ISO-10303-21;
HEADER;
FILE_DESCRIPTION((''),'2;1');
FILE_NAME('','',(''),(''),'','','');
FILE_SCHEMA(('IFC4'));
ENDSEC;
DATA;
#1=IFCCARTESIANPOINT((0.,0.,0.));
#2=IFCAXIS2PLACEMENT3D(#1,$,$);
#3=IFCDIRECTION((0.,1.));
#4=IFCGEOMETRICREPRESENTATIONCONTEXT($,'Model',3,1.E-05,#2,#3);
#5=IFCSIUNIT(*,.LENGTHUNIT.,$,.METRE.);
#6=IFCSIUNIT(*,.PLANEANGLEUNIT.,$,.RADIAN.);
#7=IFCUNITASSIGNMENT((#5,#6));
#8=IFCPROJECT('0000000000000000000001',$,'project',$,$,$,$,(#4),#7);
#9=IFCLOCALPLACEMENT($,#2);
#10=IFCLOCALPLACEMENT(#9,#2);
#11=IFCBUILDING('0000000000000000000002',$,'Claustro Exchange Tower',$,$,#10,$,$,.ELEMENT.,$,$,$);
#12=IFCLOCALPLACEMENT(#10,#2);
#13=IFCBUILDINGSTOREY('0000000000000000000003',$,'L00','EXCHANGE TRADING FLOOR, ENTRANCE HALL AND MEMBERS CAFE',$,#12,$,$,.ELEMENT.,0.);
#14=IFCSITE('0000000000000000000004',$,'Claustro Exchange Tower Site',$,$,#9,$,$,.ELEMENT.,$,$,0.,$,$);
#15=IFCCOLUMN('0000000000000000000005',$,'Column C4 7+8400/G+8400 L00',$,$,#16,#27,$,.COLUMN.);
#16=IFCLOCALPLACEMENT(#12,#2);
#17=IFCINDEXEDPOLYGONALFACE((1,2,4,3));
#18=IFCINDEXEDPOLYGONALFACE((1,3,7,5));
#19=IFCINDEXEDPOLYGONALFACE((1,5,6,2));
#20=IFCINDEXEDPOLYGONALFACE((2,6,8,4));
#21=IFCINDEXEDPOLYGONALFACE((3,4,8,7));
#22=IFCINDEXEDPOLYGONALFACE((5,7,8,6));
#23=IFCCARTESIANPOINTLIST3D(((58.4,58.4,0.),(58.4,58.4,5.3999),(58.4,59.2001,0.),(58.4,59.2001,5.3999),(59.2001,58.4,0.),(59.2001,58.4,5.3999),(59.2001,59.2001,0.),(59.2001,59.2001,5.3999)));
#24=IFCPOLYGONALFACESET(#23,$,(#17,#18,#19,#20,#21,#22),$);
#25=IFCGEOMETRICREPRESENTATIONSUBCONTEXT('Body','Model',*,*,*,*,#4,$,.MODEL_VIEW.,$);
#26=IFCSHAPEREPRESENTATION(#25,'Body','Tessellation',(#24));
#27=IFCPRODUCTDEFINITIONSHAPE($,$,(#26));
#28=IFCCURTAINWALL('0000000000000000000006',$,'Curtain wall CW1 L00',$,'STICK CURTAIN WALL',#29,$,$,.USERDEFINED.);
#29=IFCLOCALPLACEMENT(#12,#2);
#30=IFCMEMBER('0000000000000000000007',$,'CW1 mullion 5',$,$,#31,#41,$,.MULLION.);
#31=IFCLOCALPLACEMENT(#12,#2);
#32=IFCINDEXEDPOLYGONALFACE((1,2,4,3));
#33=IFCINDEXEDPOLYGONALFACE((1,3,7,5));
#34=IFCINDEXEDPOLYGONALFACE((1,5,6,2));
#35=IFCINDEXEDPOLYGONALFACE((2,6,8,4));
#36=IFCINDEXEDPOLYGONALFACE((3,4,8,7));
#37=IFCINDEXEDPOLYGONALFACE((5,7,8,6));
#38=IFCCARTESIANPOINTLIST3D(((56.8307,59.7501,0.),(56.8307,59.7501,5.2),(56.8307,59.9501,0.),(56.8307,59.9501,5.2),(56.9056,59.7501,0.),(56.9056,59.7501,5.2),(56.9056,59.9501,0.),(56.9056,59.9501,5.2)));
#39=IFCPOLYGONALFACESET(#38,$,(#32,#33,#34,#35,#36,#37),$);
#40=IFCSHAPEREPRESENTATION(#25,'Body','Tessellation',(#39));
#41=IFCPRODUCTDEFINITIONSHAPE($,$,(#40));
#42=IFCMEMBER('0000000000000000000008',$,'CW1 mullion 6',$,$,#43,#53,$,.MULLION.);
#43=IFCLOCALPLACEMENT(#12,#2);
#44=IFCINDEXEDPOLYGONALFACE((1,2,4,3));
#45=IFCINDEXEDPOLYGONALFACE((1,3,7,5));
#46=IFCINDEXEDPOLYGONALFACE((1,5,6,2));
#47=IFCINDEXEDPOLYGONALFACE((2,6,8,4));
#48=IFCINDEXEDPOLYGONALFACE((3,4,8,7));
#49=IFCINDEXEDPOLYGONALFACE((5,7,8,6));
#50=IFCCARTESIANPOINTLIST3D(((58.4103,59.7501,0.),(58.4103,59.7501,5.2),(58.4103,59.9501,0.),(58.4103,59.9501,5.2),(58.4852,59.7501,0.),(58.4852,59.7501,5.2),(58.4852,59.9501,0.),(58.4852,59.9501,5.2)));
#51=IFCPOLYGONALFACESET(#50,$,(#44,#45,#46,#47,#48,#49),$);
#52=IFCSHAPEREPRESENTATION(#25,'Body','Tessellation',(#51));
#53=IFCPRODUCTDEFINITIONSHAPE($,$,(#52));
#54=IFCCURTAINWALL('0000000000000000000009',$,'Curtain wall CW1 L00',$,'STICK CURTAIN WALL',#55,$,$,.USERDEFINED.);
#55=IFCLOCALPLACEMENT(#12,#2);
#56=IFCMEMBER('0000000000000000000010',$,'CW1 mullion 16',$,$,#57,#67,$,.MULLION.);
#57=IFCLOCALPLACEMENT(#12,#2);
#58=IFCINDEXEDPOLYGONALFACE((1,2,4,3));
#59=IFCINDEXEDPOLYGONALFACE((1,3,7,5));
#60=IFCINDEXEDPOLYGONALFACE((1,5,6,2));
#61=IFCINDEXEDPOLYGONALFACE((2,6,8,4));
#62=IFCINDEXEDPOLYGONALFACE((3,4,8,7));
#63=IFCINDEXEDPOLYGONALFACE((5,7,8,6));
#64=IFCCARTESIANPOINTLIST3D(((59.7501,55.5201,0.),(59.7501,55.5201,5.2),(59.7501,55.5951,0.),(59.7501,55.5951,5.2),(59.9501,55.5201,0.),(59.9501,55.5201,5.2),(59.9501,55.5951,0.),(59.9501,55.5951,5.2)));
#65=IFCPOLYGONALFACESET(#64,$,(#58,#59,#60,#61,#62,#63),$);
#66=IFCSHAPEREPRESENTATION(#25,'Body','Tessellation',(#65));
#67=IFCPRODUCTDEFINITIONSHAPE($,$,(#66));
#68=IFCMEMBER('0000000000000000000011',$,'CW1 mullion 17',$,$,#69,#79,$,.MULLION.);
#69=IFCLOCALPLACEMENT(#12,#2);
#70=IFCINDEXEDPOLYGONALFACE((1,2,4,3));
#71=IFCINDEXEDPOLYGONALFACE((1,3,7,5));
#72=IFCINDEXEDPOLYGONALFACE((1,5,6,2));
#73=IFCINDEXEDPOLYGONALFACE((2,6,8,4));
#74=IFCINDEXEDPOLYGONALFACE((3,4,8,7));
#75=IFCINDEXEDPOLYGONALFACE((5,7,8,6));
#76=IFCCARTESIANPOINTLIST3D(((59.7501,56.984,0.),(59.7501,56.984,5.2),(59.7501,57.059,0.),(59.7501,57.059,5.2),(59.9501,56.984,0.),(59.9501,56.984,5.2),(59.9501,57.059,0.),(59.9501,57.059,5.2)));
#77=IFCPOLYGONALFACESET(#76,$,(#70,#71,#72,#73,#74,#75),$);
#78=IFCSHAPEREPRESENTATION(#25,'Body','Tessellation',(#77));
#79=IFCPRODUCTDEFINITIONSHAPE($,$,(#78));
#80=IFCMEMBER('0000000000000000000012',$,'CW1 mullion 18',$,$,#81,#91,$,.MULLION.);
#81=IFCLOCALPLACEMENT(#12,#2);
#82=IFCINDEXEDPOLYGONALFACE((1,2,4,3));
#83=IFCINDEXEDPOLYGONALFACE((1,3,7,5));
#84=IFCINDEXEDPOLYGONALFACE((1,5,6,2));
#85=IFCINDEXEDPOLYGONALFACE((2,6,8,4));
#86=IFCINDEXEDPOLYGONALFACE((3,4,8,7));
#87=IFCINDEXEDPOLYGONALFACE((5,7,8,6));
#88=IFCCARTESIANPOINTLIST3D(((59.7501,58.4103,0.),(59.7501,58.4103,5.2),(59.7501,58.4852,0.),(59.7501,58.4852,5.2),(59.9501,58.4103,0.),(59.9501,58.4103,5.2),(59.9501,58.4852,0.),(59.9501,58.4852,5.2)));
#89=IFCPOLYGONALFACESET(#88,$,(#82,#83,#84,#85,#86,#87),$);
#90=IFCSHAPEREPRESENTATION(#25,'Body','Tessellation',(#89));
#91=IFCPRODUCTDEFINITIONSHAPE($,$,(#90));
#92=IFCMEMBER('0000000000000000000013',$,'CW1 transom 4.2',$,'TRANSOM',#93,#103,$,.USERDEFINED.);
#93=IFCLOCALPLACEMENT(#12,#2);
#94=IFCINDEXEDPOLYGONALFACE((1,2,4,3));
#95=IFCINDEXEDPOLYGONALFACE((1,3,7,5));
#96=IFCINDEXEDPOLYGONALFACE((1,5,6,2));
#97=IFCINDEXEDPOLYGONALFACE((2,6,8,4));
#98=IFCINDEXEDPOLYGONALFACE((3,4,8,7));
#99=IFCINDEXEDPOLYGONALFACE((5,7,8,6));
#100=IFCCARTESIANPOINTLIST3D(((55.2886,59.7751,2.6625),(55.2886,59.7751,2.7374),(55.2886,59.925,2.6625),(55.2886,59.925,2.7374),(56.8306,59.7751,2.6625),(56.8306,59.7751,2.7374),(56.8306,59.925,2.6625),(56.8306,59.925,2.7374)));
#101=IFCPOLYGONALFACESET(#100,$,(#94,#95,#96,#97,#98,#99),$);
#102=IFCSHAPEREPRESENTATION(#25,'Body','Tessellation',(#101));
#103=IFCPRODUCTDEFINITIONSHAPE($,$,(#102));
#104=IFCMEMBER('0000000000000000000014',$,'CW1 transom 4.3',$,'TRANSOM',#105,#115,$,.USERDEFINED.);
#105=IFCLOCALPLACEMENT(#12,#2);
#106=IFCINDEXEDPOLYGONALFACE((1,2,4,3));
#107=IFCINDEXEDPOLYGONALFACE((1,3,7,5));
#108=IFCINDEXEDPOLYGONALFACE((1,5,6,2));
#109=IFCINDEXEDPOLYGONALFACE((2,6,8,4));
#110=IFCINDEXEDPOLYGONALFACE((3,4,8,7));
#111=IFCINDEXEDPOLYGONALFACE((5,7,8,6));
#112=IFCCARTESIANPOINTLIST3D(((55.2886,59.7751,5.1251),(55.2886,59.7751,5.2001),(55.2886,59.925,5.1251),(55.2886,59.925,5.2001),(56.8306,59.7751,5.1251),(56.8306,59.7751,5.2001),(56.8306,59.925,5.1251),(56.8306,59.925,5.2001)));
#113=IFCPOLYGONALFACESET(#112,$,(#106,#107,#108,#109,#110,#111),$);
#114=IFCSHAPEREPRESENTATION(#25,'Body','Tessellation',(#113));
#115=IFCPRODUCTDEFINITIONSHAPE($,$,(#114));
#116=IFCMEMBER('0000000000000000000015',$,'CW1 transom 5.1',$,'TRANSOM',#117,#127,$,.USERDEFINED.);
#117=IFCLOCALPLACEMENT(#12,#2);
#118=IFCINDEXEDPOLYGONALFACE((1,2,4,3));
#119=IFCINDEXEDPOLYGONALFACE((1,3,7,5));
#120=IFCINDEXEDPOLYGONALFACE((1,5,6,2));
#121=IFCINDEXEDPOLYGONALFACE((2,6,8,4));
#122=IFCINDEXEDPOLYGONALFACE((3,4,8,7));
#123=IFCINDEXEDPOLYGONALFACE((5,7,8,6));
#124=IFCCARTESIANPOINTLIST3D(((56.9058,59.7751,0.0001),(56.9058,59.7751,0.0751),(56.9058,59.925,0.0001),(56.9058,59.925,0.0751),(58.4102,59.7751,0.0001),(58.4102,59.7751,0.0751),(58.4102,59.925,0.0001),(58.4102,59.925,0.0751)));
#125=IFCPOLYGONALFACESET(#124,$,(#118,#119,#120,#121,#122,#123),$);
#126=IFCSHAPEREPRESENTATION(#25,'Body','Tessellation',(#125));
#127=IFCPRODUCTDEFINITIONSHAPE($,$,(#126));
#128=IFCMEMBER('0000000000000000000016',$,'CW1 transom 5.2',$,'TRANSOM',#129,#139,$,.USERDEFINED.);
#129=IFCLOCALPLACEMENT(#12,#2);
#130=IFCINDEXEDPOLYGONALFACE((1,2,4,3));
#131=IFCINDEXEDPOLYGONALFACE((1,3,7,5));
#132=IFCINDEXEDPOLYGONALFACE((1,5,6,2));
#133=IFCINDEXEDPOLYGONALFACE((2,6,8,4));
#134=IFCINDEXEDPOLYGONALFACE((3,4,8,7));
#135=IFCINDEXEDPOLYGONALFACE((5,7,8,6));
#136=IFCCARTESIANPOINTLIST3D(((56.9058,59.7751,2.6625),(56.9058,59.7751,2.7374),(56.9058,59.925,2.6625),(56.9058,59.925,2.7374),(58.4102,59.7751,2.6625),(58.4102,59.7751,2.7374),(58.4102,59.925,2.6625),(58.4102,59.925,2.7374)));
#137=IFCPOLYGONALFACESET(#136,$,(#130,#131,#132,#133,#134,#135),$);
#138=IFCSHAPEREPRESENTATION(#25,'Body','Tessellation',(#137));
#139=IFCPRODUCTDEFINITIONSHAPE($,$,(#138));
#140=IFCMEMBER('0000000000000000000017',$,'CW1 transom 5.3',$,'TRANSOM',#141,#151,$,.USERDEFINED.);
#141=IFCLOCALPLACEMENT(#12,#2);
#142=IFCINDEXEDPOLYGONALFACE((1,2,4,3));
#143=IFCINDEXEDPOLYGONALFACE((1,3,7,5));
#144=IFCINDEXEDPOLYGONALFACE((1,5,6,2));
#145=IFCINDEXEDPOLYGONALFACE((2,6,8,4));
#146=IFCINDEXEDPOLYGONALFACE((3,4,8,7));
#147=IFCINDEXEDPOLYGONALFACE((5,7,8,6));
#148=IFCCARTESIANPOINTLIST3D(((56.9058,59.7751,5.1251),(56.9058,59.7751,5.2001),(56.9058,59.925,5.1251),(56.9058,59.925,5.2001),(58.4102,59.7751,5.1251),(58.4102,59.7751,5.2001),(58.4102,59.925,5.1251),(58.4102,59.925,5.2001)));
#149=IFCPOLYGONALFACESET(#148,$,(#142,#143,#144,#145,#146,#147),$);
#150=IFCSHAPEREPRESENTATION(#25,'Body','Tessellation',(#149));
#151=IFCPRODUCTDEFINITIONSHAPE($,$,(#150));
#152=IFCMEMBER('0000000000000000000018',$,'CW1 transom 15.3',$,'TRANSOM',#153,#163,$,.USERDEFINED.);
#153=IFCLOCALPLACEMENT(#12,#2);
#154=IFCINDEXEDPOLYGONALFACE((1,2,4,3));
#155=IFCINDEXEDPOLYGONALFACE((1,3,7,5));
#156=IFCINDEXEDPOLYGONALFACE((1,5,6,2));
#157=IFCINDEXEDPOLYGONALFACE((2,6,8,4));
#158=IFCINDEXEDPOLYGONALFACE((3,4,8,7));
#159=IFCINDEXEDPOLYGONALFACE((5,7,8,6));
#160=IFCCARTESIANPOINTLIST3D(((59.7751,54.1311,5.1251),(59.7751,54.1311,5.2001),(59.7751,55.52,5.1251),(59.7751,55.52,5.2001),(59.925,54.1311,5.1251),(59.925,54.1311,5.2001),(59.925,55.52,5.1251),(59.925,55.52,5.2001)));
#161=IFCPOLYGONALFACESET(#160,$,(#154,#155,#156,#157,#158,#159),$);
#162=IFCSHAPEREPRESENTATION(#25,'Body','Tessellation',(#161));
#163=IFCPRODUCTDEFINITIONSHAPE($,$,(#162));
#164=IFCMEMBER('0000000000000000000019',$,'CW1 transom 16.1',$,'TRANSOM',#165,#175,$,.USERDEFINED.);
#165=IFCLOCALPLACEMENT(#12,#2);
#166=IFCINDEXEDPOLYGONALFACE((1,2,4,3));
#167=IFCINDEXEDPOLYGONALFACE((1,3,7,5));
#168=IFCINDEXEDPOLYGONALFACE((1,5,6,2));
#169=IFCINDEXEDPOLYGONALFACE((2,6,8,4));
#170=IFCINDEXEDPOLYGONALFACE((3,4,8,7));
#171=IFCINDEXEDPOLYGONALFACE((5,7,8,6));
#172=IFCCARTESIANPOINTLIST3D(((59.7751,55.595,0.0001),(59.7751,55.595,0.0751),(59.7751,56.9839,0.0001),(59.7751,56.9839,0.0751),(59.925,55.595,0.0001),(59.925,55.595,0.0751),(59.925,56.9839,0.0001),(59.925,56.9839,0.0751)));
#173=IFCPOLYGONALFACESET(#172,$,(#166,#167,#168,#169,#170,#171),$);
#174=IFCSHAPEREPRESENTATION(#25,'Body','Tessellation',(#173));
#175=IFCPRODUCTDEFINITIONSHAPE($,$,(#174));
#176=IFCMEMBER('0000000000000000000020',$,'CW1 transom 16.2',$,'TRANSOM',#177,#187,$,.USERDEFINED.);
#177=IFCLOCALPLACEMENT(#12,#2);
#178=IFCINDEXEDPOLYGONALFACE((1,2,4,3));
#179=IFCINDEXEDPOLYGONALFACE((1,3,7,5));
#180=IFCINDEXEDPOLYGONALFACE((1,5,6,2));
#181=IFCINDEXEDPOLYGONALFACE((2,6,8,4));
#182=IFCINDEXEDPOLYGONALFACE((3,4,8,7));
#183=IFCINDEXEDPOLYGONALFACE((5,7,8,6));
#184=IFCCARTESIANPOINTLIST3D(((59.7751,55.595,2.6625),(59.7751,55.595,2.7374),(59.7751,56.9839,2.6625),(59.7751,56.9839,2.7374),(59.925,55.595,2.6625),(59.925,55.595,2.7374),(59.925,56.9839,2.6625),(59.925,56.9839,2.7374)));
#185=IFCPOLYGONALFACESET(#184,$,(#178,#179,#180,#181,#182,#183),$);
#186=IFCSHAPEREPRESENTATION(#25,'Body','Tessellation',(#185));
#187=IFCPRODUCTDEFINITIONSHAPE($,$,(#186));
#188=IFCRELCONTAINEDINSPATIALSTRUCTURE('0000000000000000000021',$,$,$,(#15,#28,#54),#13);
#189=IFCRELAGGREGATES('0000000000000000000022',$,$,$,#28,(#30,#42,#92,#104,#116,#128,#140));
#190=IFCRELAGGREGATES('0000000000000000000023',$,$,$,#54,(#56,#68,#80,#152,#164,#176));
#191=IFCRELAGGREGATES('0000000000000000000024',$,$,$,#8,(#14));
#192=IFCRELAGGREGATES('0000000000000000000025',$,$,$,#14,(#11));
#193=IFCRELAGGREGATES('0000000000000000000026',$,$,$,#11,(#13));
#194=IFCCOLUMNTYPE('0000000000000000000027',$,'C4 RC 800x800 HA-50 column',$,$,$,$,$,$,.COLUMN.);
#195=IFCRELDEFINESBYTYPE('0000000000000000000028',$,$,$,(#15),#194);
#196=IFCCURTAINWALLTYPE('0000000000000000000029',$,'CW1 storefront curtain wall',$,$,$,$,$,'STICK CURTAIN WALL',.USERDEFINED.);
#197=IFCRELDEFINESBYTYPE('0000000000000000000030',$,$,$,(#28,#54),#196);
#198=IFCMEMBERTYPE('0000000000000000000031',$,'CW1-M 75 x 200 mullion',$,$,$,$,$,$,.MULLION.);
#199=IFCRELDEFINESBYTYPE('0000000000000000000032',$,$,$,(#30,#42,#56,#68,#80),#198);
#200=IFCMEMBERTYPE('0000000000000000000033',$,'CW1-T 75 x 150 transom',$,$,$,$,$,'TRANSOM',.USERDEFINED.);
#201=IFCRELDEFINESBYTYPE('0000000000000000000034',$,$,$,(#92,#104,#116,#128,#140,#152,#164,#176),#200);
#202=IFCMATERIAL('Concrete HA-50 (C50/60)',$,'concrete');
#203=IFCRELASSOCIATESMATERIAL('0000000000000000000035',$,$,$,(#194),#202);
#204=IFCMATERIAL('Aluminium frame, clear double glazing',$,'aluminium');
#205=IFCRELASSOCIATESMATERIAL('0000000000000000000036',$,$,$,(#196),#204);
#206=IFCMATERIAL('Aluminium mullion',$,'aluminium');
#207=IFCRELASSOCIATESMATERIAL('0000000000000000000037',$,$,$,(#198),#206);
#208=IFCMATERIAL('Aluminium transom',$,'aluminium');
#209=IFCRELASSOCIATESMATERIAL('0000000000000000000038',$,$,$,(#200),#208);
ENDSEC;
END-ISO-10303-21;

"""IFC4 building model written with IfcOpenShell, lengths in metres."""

from ifc_helpers import new_model, si_unit, direction, frame, origin, origin_2d, place, context, subcontext, project, spatial, rectangle, extrude, material, material_profile, profile_set, type_object, element, aggregate, save


model = new_model("IFC4")

# Units and contexts
model_context = context("Model", 3, precision=1e-05, world=origin(), true_north=direction((0.0, 1.0)))
body_context = subcontext(model_context, "Body", "Model", "MODEL_VIEW")
ifc_project = project(units=[si_unit("LENGTHUNIT", "METRE"), si_unit("PLANEANGLEUNIT", "RADIAN")], contexts=[model_context])

# Site, building, storey
site_placement = place(None, origin())
site = spatial("IfcSite", under=ifc_project, at=site_placement, Name="Claustro Exchange Tower Site", CompositionType="ELEMENT", RefElevation=0.0)
building_placement = place(site_placement, origin())
building = spatial("IfcBuilding", under=site, at=building_placement, Name="Claustro Exchange Tower", CompositionType="ELEMENT")
storey_placement = place(building_placement, origin())
storey = spatial("IfcBuildingStorey", under=building, at=storey_placement, Name="L00", Description="EXCHANGE TRADING FLOOR, ENTRANCE HALL AND MEMBERS CAFE", CompositionType="ELEMENT", Elevation=0.0)

# Column
ifc_material_1 = material(Name="Concrete HA-50 (C50/60)", Category="concrete")
ifc_material_profile_1 = material_profile(ifc_material_1, rectangle(XDim=0.8, YDim=0.8, at=origin_2d()), Name="RC 800x800")
ifc_profile_set_1 = profile_set([ifc_material_profile_1], Name="Concrete HA-50 (C50/60)")
column_type = type_object("IfcColumnType", Name="C4 RC 800x800 HA-50 column", PredefinedType="COLUMN", material=ifc_profile_set_1)
column_placement = place(storey_placement, frame((58.8, 58.8, 0.0), z_axis=(0.0, 0.0, 1.0), x_axis=(1.0, 0.0, 0.0)))
element("IfcColumn", 1, at=column_placement, inside=storey, type_object=column_type, Name="Column C4 7+8400/G+8400 L00", PredefinedType="COLUMN", context=body_context, shape_type="SweptSolid", body=[
    extrude(rectangle(XDim=0.8, YDim=0.8, at=origin_2d()), origin(), (0.0, 0.0, 1.0), 5.3999),
])

# Curtain walls, members
ifc_material_2 = material(Name="Aluminium frame, clear double glazing", Category="aluminium")
curtain_wall_type = type_object("IfcCurtainWallType", Name="CW1 storefront curtain wall", ElementType="STICK CURTAIN WALL", PredefinedType="USERDEFINED", material=ifc_material_2)
curtain_wall_1_placement = place(storey_placement, origin())
curtain_wall_1 = element("IfcCurtainWall", 2, at=curtain_wall_1_placement, inside=storey, type_object=curtain_wall_type, Name="Curtain wall CW1 L00", ObjectType="STICK CURTAIN WALL", PredefinedType="USERDEFINED")
ifc_material_3 = material(Name="Aluminium mullion", Category="aluminium")
ifc_material_profile_2 = material_profile(ifc_material_3, rectangle(XDim=0.2, YDim=0.075, at=origin_2d()), Name="CW1-M 75x200")
ifc_profile_set_2 = profile_set([ifc_material_profile_2], Name="Aluminium mullion")
member_type_1 = type_object("IfcMemberType", Name="CW1-M 75 x 200 mullion", PredefinedType="MULLION", material=ifc_profile_set_2)
member_1_placement = place(storey_placement, frame((56.8682, 59.8501, 0.0), z_axis=(0.0, 0.0, 1.0), x_axis=(0.0, 1.0, 0.0)))
member_1 = element("IfcMember", 3, at=member_1_placement, type_object=member_type_1, Name="CW1 mullion 5", PredefinedType="MULLION", context=body_context, shape_type="SweptSolid", body=[
    extrude(rectangle(XDim=0.2, YDim=0.075, at=origin_2d()), origin(), (0.0, 0.0, 1.0), 5.2),
])
member_2_placement = place(storey_placement, frame((58.4478, 59.8501, 0.0), z_axis=(0.0, 0.0, 1.0), x_axis=(0.0, 1.0, 0.0)))
member_2 = element("IfcMember", 4, at=member_2_placement, type_object=member_type_1, Name="CW1 mullion 6", PredefinedType="MULLION", context=body_context, shape_type="SweptSolid", body=[
    extrude(rectangle(XDim=0.2, YDim=0.075, at=origin_2d()), origin(), (0.0, 0.0, 1.0), 5.2),
])
curtain_wall_2_placement = place(storey_placement, origin())
curtain_wall_2 = element("IfcCurtainWall", 5, at=curtain_wall_2_placement, inside=storey, type_object=curtain_wall_type, Name="Curtain wall CW1 L00", ObjectType="STICK CURTAIN WALL", PredefinedType="USERDEFINED")
member_3_placement = place(storey_placement, frame((59.8501, 55.5576, 0.0), z_axis=(0.0, 0.0, 1.0), x_axis=(-1.0, 0.0, 0.0)))
member_3 = element("IfcMember", 6, at=member_3_placement, type_object=member_type_1, Name="CW1 mullion 16", PredefinedType="MULLION", context=body_context, shape_type="SweptSolid", body=[
    extrude(rectangle(XDim=0.2, YDim=0.075, at=origin_2d()), origin(), (0.0, 0.0, 1.0), 5.2),
])
member_4_placement = place(storey_placement, frame((59.8501, 57.0215, 0.0), z_axis=(0.0, 0.0, 1.0), x_axis=(-1.0, 0.0, 0.0)))
member_4 = element("IfcMember", 7, at=member_4_placement, type_object=member_type_1, Name="CW1 mullion 17", PredefinedType="MULLION", context=body_context, shape_type="SweptSolid", body=[
    extrude(rectangle(XDim=0.2, YDim=0.075, at=origin_2d()), origin(), (0.0, 0.0, 1.0), 5.2),
])
member_5_placement = place(storey_placement, frame((59.8501, 58.4478, 0.0), z_axis=(0.0, 0.0, 1.0), x_axis=(-1.0, 0.0, 0.0)))
member_5 = element("IfcMember", 8, at=member_5_placement, type_object=member_type_1, Name="CW1 mullion 18", PredefinedType="MULLION", context=body_context, shape_type="SweptSolid", body=[
    extrude(rectangle(XDim=0.2, YDim=0.075, at=origin_2d()), origin(), (0.0, 0.0, 1.0), 5.2),
])

# Members
ifc_material_4 = material(Name="Aluminium transom", Category="aluminium")
ifc_material_profile_3 = material_profile(ifc_material_4, rectangle(XDim=0.1499, YDim=0.075, at=origin_2d()), Name="CW1-T 75x150")
ifc_profile_set_3 = profile_set([ifc_material_profile_3], Name="Aluminium transom")
member_type_2 = type_object("IfcMemberType", Name="CW1-T 75 x 150 transom", ElementType="TRANSOM", PredefinedType="USERDEFINED", material=ifc_profile_set_3)
member_6_placement = place(storey_placement, frame((55.2886, 59.8501, 2.7), z_axis=(1.0, 0.0, 0.0), x_axis=(0.0, 1.0, 0.0)))
member_6 = element("IfcMember", 9, at=member_6_placement, type_object=member_type_2, Name="CW1 transom 4.2", ObjectType="TRANSOM", PredefinedType="USERDEFINED", context=body_context, shape_type="SweptSolid", body=[
    extrude(rectangle(XDim=0.1499, YDim=0.075, at=origin_2d()), origin(), (0.0, 0.0, 1.0), 1.542),
])
member_7_placement = place(storey_placement, frame((55.2886, 59.8501, 5.1626), z_axis=(1.0, 0.0, 0.0), x_axis=(0.0, 1.0, 0.0)))
member_7 = element("IfcMember", 10, at=member_7_placement, type_object=member_type_2, Name="CW1 transom 4.3", ObjectType="TRANSOM", PredefinedType="USERDEFINED", context=body_context, shape_type="SweptSolid", body=[
    extrude(rectangle(XDim=0.1499, YDim=0.075, at=origin_2d()), origin(), (0.0, 0.0, 1.0), 1.542),
])
member_8_placement = place(storey_placement, frame((56.9058, 59.8501, 0.0376), z_axis=(1.0, 0.0, 0.0), x_axis=(0.0, 1.0, 0.0)))
member_8 = element("IfcMember", 11, at=member_8_placement, type_object=member_type_2, Name="CW1 transom 5.1", ObjectType="TRANSOM", PredefinedType="USERDEFINED", context=body_context, shape_type="SweptSolid", body=[
    extrude(rectangle(XDim=0.1499, YDim=0.075, at=origin_2d()), origin(), (0.0, 0.0, 1.0), 1.5044),
])
member_9_placement = place(storey_placement, frame((56.9058, 59.8501, 2.7), z_axis=(1.0, 0.0, 0.0), x_axis=(0.0, 1.0, 0.0)))
member_9 = element("IfcMember", 12, at=member_9_placement, type_object=member_type_2, Name="CW1 transom 5.2", ObjectType="TRANSOM", PredefinedType="USERDEFINED", context=body_context, shape_type="SweptSolid", body=[
    extrude(rectangle(XDim=0.1499, YDim=0.075, at=origin_2d()), origin(), (0.0, 0.0, 1.0), 1.5044),
])
member_10_placement = place(storey_placement, frame((56.9058, 59.8501, 5.1626), z_axis=(1.0, 0.0, 0.0), x_axis=(0.0, 1.0, 0.0)))
member_10 = element("IfcMember", 13, at=member_10_placement, type_object=member_type_2, Name="CW1 transom 5.3", ObjectType="TRANSOM", PredefinedType="USERDEFINED", context=body_context, shape_type="SweptSolid", body=[
    extrude(rectangle(XDim=0.1499, YDim=0.075, at=origin_2d()), origin(), (0.0, 0.0, 1.0), 1.5044),
])
member_11_placement = place(storey_placement, frame((59.8501, 54.1311, 5.1626), z_axis=(0.0, 1.0, 0.0), x_axis=(-1.0, 0.0, 0.0)))
member_11 = element("IfcMember", 14, at=member_11_placement, type_object=member_type_2, Name="CW1 transom 15.3", ObjectType="TRANSOM", PredefinedType="USERDEFINED", context=body_context, shape_type="SweptSolid", body=[
    extrude(rectangle(XDim=0.1499, YDim=0.075, at=origin_2d()), origin(), (0.0, 0.0, 1.0), 1.3889),
])
member_12_placement = place(storey_placement, frame((59.8501, 55.595, 0.0376), z_axis=(0.0, 1.0, 0.0), x_axis=(-1.0, 0.0, 0.0)))
member_12 = element("IfcMember", 15, at=member_12_placement, type_object=member_type_2, Name="CW1 transom 16.1", ObjectType="TRANSOM", PredefinedType="USERDEFINED", context=body_context, shape_type="SweptSolid", body=[
    extrude(rectangle(XDim=0.1499, YDim=0.075, at=origin_2d()), origin(), (0.0, 0.0, 1.0), 1.3889),
])
member_13_placement = place(storey_placement, frame((59.8501, 55.595, 2.7), z_axis=(0.0, 1.0, 0.0), x_axis=(-1.0, 0.0, 0.0)))
member_13 = element("IfcMember", 16, at=member_13_placement, type_object=member_type_2, Name="CW1 transom 16.2", ObjectType="TRANSOM", PredefinedType="USERDEFINED", context=body_context, shape_type="SweptSolid", body=[
    extrude(rectangle(XDim=0.1499, YDim=0.075, at=origin_2d()), origin(), (0.0, 0.0, 1.0), 1.3889),
])

aggregate(curtain_wall_1, [member_1, member_2, member_6, member_7, member_8, member_9, member_10])
aggregate(curtain_wall_2, [member_3, member_4, member_5, member_11, member_12, member_13])

save(model, "model.ifc")
